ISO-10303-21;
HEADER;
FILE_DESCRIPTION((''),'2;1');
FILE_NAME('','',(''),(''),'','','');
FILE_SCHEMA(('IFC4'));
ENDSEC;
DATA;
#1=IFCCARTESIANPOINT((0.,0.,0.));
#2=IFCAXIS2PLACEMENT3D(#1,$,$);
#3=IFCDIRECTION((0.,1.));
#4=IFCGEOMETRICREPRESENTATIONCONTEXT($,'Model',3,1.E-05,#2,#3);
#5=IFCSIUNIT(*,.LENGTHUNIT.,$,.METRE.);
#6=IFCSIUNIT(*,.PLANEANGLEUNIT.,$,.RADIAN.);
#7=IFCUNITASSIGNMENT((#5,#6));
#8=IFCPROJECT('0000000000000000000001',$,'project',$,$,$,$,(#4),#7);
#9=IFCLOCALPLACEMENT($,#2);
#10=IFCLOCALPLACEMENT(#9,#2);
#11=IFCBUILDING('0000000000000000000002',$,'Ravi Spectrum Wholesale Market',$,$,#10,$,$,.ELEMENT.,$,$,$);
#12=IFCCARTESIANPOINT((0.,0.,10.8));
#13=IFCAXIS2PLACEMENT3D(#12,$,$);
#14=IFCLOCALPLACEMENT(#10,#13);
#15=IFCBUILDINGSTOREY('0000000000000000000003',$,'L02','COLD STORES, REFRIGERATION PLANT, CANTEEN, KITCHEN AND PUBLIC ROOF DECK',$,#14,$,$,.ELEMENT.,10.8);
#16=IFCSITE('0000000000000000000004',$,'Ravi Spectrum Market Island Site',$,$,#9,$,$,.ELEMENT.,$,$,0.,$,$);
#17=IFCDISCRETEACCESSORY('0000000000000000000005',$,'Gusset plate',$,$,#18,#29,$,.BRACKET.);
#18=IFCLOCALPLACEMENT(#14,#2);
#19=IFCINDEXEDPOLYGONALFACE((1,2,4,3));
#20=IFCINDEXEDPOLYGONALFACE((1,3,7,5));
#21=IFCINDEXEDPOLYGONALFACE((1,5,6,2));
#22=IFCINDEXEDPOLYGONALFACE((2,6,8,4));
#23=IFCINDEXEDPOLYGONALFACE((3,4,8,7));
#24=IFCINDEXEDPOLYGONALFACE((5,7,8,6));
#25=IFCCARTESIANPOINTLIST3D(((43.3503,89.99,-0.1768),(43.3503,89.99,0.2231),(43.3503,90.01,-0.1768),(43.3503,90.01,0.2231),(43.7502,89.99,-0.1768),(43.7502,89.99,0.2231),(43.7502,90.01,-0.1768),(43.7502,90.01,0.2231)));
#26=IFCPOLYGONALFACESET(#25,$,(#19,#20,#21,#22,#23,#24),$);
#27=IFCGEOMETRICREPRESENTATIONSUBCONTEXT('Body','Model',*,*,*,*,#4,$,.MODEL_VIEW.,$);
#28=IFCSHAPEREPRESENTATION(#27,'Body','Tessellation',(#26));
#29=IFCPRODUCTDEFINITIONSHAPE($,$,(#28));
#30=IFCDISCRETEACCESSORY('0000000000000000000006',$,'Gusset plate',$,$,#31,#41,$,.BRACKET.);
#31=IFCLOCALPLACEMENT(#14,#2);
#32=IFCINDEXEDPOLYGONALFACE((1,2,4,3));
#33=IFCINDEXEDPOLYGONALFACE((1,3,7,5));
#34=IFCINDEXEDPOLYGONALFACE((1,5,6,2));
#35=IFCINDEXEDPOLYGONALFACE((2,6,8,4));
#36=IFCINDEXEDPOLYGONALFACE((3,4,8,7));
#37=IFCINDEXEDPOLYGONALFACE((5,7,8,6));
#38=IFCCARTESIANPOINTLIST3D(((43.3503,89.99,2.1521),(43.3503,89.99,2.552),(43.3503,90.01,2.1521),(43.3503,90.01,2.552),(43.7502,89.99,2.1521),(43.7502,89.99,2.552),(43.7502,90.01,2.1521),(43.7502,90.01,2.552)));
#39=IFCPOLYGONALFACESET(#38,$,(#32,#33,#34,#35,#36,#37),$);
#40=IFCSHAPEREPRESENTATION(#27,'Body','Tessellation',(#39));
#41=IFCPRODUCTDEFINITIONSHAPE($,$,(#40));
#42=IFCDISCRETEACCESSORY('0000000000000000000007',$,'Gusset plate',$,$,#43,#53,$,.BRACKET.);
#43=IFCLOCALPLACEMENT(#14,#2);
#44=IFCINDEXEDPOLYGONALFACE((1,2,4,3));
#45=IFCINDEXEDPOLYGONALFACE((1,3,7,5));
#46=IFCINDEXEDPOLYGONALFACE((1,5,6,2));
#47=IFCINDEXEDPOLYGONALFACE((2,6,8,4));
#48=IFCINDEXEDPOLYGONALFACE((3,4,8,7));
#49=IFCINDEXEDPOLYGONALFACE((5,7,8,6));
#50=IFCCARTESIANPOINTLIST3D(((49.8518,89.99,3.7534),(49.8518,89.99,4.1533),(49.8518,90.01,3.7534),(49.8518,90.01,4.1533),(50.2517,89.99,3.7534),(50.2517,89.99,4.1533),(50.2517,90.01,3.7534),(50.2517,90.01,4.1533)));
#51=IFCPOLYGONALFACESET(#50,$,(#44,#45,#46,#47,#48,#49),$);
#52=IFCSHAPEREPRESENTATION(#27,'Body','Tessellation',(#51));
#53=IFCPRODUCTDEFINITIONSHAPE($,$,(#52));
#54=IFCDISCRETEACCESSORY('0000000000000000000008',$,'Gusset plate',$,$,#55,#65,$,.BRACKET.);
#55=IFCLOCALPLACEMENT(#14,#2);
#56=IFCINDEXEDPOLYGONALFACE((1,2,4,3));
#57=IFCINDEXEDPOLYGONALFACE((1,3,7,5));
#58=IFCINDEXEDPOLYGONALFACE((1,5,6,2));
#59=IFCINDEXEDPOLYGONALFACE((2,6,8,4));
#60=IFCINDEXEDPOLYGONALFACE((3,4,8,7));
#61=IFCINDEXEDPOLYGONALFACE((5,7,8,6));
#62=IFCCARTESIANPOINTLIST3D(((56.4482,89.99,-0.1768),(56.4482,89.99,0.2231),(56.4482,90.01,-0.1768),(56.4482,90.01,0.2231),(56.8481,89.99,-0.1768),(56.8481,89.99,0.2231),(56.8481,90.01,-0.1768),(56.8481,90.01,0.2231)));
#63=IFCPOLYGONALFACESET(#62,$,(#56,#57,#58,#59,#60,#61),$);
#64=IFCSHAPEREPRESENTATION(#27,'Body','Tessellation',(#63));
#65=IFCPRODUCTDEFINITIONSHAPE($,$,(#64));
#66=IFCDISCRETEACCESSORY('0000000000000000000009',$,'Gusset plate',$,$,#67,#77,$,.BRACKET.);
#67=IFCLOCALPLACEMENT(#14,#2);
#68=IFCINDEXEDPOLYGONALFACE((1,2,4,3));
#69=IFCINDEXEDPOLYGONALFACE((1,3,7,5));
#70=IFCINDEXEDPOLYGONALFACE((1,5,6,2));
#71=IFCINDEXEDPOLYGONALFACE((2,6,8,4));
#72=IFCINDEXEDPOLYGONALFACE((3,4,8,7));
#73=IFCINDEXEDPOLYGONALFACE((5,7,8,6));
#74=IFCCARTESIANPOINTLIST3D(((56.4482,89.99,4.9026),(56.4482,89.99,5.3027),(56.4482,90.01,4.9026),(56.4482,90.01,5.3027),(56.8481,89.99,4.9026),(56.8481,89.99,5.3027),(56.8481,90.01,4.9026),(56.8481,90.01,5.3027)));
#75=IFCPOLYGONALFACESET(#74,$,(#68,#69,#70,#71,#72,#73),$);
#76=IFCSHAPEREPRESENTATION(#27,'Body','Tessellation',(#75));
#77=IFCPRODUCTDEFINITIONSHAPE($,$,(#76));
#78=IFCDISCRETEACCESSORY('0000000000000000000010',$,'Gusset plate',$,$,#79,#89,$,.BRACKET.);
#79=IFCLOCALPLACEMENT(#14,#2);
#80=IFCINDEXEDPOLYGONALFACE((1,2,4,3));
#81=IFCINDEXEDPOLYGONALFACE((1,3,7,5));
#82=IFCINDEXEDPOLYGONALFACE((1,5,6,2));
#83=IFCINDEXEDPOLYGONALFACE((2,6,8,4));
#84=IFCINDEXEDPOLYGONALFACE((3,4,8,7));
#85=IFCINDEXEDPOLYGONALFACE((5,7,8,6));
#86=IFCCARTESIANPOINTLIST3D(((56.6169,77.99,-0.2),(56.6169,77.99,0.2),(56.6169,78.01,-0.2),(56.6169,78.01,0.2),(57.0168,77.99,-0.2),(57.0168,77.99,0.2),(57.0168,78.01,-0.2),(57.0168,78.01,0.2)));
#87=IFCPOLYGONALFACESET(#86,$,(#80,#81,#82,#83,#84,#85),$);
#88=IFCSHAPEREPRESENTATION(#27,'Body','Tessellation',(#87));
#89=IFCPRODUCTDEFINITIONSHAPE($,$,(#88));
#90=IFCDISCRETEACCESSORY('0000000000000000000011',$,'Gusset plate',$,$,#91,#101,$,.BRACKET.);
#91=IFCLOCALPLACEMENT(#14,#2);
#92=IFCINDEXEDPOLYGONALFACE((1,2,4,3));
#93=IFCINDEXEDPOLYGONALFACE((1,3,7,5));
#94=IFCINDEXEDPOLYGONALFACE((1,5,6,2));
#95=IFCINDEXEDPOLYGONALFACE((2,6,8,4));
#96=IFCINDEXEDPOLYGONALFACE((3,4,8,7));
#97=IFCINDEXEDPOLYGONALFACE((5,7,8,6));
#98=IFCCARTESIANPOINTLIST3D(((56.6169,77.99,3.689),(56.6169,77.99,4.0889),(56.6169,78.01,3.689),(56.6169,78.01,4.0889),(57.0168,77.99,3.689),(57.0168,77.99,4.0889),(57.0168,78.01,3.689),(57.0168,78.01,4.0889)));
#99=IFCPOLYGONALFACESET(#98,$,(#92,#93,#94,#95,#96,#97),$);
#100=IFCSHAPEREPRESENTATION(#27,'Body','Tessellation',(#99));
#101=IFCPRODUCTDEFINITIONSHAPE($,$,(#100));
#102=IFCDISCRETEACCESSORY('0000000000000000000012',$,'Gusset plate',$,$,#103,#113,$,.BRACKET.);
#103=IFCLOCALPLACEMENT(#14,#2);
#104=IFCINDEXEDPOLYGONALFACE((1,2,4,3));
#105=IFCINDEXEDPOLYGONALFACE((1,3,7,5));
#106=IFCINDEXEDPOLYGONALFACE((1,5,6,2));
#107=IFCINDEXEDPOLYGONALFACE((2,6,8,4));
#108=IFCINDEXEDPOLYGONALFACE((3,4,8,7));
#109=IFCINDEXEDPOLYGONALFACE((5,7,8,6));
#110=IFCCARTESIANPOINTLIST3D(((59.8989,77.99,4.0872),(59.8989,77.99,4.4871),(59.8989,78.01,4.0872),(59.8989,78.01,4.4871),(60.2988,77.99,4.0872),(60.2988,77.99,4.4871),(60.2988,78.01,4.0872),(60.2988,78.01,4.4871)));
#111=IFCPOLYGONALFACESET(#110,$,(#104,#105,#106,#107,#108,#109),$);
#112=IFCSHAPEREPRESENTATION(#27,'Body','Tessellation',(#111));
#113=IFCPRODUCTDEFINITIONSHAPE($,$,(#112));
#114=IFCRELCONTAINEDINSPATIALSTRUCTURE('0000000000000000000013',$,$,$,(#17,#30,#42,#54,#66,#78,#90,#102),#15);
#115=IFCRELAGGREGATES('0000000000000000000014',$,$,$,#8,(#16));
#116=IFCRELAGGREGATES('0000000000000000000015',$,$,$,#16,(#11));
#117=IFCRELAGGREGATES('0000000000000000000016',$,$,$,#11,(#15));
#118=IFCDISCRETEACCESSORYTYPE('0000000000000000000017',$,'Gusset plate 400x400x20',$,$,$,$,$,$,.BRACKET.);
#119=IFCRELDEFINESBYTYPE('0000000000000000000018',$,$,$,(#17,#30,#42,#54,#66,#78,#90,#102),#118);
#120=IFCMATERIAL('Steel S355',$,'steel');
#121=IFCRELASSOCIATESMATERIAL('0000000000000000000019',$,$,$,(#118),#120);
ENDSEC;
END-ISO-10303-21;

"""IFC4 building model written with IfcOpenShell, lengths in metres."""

from ifc_helpers import new_model, si_unit, direction, frame, origin, origin_2d, place, context, subcontext, project, spatial, rectangle, extrude, material, material_profile, profile_set, type_object, element, save


model = new_model("IFC4")

# Units and contexts
model_context = context("Model", 3, precision=1e-05, world=origin(), true_north=direction((0.0, 1.0)))
body_context = subcontext(model_context, "Body", "Model", "MODEL_VIEW")
ifc_project = project(units=[si_unit("LENGTHUNIT", "METRE"), si_unit("PLANEANGLEUNIT", "RADIAN")], contexts=[model_context])

# Site, building, storey
site_placement = place(None, origin())
site = spatial("IfcSite", under=ifc_project, at=site_placement, Name="Ravi Spectrum Market Island Site", CompositionType="ELEMENT", RefElevation=0.0)
building_placement = place(site_placement, origin())
building = spatial("IfcBuilding", under=site, at=building_placement, Name="Ravi Spectrum Wholesale Market", CompositionType="ELEMENT")
storey_placement = place(building_placement, frame((0.0, 0.0, 10.8)))
storey = spatial("IfcBuildingStorey", under=building, at=storey_placement, Name="L02", Description="COLD STORES, REFRIGERATION PLANT, CANTEEN, KITCHEN AND PUBLIC ROOF DECK", CompositionType="ELEMENT", Elevation=10.8)

# Discrete accessories
ifc_material_1 = material(Name="Steel S355", Category="steel")
ifc_material_profile_1 = material_profile(ifc_material_1, rectangle(XDim=0.3999, YDim=0.02, at=origin_2d()))
ifc_profile_set_1 = profile_set([ifc_material_profile_1], Name="Steel S355")
discrete_accessory_type_1 = type_object("IfcDiscreteAccessoryType", Name="Gusset plate 400x400x20", PredefinedType="BRACKET", material=ifc_profile_set_1)
for number, where, z_axis, x_axis, name in (
    (1, (43.5503, 90.0, -0.1768), (0.0, 0.0, 1.0), (1.0, 0.0, 0.0), "Gusset plate"),
    (2, (43.5503, 90.0, 2.1521), (0.0, 0.0, 1.0), (1.0, 0.0, 0.0), "Gusset plate"),
    (3, (50.0518, 90.0, 3.7534), (0.0, 0.0, 1.0), (1.0, 0.0, 0.0), "Gusset plate"),
    (4, (56.6482, 90.0, -0.1768), (0.0, 0.0, 1.0), (1.0, 0.0, 0.0), "Gusset plate"),
):
    element("IfcDiscreteAccessory", number, at=place(storey_placement, frame(where, z_axis=z_axis, x_axis=x_axis)), inside=storey, type_object=discrete_accessory_type_1, Name=name, PredefinedType="BRACKET", context=body_context, shape_type="SweptSolid", body=[
        extrude(rectangle(XDim=0.3999, YDim=0.02, at=origin_2d()), origin(), (0.0, 0.0, 1.0), 0.3999),
    ])
discrete_accessory_placement = place(storey_placement, frame((56.6482, 90.0, 4.9026), z_axis=(0.0, 0.0, 1.0), x_axis=(1.0, 0.0, 0.0)))
element("IfcDiscreteAccessory", 5, at=discrete_accessory_placement, inside=storey, type_object=discrete_accessory_type_1, Name="Gusset plate", PredefinedType="BRACKET", context=body_context, shape_type="SweptSolid", body=[
    extrude(rectangle(XDim=0.3999, YDim=0.02, at=origin_2d()), origin(), (0.0, 0.0, 1.0), 0.4001),
])
for number, where, z_axis, x_axis, name in (
    (6, (56.8169, 78.0, -0.2), (0.0, 0.0, 1.0), (1.0, 0.0, 0.0), "Gusset plate"),
    (7, (56.8169, 78.0, 3.689), (0.0, 0.0, 1.0), (1.0, 0.0, 0.0), "Gusset plate"),
    (8, (60.0989, 78.0, 4.0872), (0.0, 0.0, 1.0), (1.0, 0.0, 0.0), "Gusset plate"),
):
    element("IfcDiscreteAccessory", number, at=place(storey_placement, frame(where, z_axis=z_axis, x_axis=x_axis)), inside=storey, type_object=discrete_accessory_type_1, Name=name, PredefinedType="BRACKET", context=body_context, shape_type="SweptSolid", body=[
        extrude(rectangle(XDim=0.3999, YDim=0.02, at=origin_2d()), origin(), (0.0, 0.0, 1.0), 0.3999),
    ])

save(model, "model.ifc")
